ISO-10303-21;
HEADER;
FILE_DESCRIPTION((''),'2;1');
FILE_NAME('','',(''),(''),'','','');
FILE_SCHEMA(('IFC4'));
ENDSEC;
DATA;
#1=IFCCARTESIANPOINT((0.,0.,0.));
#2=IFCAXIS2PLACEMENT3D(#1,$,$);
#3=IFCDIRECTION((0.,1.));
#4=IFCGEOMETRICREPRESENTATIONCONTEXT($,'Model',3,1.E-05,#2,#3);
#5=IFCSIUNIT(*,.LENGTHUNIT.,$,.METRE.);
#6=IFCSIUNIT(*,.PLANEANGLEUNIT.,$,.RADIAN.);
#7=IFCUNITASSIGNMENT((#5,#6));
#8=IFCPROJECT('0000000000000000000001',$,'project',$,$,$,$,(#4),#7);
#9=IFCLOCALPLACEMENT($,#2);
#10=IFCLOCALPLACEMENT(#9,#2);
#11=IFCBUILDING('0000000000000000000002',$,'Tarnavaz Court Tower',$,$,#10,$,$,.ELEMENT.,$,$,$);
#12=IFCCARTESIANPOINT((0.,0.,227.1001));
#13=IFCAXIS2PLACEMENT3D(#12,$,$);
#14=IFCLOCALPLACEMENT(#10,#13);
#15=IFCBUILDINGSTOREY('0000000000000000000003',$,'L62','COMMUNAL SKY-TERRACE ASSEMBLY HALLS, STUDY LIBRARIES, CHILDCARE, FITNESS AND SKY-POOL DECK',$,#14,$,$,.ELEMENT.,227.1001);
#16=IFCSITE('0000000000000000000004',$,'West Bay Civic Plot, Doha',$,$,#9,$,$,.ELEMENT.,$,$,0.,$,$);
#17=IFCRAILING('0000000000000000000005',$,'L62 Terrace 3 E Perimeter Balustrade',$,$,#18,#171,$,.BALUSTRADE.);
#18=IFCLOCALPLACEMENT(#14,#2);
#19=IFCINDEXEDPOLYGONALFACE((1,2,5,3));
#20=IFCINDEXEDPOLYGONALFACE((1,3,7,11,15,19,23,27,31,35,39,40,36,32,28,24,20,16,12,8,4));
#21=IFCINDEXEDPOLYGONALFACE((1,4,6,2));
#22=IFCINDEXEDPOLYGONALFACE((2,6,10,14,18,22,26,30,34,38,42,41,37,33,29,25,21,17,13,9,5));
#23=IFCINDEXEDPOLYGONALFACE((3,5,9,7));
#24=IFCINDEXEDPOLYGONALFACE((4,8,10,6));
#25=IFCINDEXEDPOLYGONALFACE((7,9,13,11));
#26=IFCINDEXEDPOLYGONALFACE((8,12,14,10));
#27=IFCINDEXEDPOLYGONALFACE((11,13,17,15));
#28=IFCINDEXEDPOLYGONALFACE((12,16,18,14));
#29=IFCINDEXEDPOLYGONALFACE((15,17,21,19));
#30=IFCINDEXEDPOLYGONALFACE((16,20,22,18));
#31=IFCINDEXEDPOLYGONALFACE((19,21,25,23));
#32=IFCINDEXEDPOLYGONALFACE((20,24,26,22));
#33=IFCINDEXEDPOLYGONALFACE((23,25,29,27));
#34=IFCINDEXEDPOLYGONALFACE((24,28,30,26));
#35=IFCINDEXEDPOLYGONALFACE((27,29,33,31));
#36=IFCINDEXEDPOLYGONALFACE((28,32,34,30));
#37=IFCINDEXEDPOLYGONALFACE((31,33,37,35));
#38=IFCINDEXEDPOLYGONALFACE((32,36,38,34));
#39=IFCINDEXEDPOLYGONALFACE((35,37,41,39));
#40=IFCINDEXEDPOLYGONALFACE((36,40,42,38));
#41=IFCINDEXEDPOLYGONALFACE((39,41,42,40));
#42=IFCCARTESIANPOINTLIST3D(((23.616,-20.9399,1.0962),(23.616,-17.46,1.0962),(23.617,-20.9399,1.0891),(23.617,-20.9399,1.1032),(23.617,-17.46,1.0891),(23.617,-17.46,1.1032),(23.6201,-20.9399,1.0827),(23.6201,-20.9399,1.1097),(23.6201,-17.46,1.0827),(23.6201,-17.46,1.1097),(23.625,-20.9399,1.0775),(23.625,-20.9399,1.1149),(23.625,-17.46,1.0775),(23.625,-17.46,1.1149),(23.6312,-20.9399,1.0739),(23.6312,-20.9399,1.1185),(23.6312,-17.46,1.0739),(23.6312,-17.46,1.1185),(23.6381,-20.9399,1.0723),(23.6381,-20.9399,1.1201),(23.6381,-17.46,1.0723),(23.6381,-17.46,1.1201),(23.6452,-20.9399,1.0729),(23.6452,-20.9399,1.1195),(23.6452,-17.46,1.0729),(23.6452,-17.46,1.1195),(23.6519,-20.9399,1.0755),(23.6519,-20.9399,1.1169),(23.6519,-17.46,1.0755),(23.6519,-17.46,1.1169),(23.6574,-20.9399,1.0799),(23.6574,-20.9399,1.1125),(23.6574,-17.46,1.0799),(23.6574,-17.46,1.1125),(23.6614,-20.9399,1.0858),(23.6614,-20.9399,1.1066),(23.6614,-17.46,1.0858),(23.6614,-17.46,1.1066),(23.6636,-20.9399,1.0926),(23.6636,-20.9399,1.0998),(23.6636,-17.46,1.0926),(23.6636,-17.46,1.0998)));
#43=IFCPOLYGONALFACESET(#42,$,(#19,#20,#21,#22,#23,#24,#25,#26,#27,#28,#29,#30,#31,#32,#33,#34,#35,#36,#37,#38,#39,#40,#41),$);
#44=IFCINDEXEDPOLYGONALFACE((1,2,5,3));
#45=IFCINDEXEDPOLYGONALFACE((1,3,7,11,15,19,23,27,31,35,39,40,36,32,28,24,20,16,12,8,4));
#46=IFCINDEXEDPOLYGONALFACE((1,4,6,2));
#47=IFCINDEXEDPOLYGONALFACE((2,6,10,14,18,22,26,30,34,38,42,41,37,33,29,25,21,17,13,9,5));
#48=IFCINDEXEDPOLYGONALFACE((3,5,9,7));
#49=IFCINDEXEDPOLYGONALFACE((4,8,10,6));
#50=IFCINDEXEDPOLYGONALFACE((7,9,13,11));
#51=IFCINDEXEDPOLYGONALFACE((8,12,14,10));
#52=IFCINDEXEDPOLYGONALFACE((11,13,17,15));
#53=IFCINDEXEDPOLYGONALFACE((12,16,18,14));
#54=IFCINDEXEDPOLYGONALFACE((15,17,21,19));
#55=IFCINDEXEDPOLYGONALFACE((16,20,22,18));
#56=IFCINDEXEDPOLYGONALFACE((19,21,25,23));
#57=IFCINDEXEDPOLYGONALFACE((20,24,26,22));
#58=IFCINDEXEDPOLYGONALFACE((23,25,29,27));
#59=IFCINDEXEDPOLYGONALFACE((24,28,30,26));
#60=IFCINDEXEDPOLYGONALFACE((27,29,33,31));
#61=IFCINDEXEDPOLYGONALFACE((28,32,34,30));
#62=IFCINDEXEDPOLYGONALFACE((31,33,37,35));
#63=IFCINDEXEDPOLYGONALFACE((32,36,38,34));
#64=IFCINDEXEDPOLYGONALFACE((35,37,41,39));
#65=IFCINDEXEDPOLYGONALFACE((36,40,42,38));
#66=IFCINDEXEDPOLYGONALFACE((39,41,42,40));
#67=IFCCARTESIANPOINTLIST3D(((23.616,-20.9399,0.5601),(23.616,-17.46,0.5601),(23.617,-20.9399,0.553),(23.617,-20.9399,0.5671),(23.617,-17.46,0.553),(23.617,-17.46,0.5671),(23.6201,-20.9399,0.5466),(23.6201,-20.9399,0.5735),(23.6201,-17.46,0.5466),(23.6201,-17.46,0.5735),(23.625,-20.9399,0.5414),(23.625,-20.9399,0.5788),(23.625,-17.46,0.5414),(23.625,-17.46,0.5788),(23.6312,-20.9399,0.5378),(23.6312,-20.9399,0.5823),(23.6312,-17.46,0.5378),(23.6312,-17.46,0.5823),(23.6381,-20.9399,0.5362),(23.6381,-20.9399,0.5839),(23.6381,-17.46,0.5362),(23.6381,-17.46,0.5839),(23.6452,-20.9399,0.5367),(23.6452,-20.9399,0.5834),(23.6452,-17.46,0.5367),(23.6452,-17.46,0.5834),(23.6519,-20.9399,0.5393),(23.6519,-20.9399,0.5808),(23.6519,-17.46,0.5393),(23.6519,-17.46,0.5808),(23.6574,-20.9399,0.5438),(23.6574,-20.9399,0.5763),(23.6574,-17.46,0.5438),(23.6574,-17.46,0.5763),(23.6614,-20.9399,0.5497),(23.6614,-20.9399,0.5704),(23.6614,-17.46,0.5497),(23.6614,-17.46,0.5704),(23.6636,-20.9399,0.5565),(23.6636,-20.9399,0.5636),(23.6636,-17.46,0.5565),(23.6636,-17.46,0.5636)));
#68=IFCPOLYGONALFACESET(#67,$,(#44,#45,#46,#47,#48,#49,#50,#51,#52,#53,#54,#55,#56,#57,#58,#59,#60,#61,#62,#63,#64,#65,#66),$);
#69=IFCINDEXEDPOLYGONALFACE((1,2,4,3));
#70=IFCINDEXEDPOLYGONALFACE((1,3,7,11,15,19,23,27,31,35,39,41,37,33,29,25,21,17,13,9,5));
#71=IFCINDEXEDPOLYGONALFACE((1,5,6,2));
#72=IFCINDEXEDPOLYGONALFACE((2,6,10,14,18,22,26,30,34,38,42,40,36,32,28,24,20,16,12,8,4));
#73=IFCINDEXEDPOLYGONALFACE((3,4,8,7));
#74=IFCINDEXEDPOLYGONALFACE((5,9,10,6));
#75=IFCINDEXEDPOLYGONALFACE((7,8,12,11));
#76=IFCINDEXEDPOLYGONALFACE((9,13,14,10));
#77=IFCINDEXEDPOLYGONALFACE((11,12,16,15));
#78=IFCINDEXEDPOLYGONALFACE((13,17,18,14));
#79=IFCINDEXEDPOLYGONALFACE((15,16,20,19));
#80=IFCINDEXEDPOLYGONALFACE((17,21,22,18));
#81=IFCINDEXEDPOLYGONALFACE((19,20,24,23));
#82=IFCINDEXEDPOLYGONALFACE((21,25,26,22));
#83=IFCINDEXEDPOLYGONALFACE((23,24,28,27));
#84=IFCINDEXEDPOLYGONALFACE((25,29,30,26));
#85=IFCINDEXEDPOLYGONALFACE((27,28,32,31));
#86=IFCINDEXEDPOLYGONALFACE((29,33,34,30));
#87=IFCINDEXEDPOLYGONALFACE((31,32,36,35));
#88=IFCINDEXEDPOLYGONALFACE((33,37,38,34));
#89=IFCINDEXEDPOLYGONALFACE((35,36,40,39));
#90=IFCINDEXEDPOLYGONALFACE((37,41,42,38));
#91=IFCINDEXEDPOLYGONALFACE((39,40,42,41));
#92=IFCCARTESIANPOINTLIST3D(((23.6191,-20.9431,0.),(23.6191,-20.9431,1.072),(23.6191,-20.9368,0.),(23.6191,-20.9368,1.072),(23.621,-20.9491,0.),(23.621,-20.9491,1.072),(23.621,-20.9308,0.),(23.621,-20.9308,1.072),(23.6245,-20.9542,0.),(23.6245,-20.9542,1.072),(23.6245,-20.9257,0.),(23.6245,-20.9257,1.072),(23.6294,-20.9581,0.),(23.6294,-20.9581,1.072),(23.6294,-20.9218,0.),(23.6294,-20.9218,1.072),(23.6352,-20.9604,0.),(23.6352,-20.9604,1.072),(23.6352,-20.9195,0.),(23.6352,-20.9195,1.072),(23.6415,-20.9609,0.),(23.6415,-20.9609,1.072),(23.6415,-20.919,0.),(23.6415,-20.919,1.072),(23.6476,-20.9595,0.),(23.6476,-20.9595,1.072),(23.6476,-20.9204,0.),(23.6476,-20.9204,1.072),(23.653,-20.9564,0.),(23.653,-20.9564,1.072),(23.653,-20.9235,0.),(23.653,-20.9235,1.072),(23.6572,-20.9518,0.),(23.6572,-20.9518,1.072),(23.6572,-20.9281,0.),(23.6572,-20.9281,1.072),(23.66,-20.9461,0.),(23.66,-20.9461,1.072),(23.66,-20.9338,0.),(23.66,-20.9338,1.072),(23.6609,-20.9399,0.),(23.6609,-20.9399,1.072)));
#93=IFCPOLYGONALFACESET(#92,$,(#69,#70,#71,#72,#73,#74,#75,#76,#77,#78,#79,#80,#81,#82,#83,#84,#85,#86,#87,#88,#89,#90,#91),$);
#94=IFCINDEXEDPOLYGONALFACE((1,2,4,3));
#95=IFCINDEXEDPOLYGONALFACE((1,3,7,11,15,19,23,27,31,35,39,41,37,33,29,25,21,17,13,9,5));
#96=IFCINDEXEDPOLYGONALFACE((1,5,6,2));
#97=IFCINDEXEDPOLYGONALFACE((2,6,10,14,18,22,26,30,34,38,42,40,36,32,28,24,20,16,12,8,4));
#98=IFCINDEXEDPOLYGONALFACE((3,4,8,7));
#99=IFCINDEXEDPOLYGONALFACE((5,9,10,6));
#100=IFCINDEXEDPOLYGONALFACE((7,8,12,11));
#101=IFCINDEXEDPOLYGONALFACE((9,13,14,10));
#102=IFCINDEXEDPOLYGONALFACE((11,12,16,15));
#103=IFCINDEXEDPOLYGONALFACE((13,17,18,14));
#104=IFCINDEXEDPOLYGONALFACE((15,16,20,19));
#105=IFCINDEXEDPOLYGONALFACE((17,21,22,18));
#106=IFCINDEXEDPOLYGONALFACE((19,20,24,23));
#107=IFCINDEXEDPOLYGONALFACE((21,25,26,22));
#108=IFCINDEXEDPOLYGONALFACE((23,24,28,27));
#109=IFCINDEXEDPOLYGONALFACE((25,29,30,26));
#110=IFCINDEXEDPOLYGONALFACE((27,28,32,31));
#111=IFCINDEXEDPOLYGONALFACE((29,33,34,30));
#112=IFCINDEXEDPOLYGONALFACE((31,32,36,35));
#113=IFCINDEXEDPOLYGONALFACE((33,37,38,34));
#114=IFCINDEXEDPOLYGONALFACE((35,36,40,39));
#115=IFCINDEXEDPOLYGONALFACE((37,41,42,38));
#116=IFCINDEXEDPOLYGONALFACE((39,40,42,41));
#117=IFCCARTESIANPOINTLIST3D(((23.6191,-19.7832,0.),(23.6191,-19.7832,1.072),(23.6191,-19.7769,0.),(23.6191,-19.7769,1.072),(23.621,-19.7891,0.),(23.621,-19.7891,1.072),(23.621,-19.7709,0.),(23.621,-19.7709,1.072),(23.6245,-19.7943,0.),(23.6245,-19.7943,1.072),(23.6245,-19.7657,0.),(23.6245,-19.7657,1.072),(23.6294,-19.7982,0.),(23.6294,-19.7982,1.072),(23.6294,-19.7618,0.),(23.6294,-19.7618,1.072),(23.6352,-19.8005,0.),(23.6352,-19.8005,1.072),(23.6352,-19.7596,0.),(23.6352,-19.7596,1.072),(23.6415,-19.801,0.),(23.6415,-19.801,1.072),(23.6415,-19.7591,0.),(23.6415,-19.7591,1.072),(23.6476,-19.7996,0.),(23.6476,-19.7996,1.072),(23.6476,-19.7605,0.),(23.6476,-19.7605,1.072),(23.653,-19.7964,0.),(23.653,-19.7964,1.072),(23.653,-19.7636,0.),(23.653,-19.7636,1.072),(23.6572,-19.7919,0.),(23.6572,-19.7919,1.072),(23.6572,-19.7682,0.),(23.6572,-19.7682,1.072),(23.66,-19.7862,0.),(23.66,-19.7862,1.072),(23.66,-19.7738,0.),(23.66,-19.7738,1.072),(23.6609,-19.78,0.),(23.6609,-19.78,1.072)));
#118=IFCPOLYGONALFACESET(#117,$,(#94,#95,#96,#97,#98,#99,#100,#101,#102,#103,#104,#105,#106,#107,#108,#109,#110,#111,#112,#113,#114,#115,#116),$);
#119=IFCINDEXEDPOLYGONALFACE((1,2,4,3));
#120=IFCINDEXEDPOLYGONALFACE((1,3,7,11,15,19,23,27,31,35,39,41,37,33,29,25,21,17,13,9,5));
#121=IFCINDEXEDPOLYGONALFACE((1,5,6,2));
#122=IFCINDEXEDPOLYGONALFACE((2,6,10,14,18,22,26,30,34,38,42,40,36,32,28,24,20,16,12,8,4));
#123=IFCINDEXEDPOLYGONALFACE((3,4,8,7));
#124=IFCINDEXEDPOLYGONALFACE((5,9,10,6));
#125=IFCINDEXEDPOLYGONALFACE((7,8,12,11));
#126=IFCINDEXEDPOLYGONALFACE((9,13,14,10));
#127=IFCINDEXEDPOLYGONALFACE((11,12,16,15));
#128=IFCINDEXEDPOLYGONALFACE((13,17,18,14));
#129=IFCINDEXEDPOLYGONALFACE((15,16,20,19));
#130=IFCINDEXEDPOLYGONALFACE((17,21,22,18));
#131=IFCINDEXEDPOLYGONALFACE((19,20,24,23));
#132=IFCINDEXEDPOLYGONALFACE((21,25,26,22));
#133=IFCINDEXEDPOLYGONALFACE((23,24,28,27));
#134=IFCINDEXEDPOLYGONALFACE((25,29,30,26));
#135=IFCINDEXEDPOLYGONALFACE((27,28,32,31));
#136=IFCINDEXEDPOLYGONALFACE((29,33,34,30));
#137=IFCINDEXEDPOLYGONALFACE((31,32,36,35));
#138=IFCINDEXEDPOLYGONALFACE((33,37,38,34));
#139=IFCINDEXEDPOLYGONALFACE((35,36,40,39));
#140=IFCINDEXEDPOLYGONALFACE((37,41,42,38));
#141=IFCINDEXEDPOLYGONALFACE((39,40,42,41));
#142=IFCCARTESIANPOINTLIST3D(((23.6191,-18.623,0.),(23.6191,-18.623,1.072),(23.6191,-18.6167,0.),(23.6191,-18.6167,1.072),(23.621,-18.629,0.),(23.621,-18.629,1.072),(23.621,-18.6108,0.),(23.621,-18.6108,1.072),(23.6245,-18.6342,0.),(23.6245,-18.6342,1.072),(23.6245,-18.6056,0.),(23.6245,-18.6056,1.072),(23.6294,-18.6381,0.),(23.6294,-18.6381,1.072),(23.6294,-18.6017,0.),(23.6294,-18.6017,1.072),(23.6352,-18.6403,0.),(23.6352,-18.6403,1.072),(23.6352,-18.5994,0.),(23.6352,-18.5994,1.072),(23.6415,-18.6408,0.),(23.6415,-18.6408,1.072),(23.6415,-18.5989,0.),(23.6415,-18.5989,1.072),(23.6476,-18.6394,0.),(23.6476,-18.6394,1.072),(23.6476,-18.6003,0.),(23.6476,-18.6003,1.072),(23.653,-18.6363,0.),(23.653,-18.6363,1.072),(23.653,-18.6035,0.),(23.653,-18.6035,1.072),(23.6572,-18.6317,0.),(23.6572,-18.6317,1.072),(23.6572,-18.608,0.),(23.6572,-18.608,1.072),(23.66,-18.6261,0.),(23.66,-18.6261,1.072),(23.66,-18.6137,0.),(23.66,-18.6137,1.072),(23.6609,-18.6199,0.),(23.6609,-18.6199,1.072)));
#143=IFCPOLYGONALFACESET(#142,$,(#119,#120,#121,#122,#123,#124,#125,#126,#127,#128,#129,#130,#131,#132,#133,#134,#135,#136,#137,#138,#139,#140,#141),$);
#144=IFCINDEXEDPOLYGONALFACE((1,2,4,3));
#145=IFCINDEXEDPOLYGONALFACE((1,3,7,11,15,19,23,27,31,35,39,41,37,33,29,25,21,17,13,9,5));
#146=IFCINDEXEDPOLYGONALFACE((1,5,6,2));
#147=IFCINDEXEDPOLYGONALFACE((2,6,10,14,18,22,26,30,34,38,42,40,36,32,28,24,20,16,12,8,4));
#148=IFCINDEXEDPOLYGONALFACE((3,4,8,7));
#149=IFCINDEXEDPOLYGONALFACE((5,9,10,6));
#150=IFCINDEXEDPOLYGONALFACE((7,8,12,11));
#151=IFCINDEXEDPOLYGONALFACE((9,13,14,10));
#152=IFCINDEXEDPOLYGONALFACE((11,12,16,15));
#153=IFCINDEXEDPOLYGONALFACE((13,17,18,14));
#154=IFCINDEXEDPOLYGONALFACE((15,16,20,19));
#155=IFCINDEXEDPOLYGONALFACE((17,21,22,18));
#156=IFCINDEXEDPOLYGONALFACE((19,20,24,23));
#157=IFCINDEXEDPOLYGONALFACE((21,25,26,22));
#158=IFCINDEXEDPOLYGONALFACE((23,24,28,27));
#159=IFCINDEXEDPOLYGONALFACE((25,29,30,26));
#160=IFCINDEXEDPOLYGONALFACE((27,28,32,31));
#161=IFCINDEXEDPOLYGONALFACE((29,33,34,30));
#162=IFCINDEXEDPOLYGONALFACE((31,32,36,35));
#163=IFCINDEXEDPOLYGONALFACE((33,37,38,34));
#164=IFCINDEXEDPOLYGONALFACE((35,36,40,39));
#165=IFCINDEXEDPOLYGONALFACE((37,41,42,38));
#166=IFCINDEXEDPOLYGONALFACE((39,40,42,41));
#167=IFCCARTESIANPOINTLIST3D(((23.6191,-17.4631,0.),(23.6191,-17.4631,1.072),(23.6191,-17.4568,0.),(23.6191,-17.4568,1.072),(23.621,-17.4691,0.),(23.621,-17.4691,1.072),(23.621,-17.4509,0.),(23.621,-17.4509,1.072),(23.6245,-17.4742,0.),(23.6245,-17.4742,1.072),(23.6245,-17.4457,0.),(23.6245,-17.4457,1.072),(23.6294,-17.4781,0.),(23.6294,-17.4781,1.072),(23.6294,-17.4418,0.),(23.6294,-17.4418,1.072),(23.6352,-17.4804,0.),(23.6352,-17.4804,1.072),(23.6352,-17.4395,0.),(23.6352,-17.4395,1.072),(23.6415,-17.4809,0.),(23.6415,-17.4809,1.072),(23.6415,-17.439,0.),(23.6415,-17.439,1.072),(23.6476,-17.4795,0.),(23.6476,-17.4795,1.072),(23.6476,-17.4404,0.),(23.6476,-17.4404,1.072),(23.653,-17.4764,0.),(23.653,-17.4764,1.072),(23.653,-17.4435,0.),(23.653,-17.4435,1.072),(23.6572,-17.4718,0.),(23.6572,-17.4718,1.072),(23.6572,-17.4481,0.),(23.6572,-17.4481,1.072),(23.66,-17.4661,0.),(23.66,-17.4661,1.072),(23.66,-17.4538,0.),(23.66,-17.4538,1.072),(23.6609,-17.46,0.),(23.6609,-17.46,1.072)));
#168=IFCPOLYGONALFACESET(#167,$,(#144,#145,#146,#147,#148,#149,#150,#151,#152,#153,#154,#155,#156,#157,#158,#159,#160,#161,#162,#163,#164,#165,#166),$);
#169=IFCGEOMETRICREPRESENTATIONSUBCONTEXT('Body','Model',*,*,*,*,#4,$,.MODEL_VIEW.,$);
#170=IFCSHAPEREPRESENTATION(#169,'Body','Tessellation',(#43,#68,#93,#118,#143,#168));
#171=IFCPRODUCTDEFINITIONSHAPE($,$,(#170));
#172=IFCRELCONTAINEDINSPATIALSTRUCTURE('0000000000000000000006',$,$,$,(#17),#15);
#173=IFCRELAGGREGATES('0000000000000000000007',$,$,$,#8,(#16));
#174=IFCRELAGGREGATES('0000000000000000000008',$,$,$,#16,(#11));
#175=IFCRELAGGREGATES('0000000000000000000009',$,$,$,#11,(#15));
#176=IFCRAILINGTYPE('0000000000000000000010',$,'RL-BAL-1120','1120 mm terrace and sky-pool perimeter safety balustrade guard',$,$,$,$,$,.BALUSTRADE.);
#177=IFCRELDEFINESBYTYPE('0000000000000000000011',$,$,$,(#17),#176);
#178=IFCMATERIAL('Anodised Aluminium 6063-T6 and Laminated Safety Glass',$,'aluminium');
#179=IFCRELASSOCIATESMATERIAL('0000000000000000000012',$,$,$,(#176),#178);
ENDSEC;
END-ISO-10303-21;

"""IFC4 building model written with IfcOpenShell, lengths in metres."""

from ifc_helpers import new_model, si_unit, direction, frame, origin, origin_2d, place, context, subcontext, project, spatial, circle, extrude, material, type_object, element, save


model = new_model("IFC4")

# Units and contexts
model_context = context("Model", 3, precision=1e-05, world=origin(), true_north=direction((0.0, 1.0)))
body_context = subcontext(model_context, "Body", "Model", "MODEL_VIEW")
ifc_project = project(units=[si_unit("LENGTHUNIT", "METRE"), si_unit("PLANEANGLEUNIT", "RADIAN")], contexts=[model_context])

# Site, building, storey
site_placement = place(None, origin())
site = spatial("IfcSite", under=ifc_project, at=site_placement, Name="West Bay Civic Plot, Doha", CompositionType="ELEMENT", RefElevation=0.0)
building_placement = place(site_placement, origin())
building = spatial("IfcBuilding", under=site, at=building_placement, Name="Tarnavaz Court Tower", CompositionType="ELEMENT")
storey_placement = place(building_placement, frame((0.0, 0.0, 227.1001)))
storey = spatial("IfcBuildingStorey", under=building, at=storey_placement, Name="L62", Description="COMMUNAL SKY-TERRACE ASSEMBLY HALLS, STUDY LIBRARIES, CHILDCARE, FITNESS AND SKY-POOL DECK", CompositionType="ELEMENT", Elevation=227.1001)

# Railing
ifc_material_1 = material(Name="Anodised Aluminium 6063-T6 and Laminated Safety Glass", Category="aluminium")
railing_type = type_object("IfcRailingType", Name="RL-BAL-1120", Description="1120 mm terrace and sky-pool perimeter safety balustrade guard", PredefinedType="BALUSTRADE", material=ifc_material_1)
railing_1_placement = place(storey_placement, frame((23.6399, -20.9399, 0.0)))
element("IfcRailing", 1, at=railing_1_placement, inside=storey, type_object=railing_type, Name="L62 Terrace 3 E Perimeter Balustrade", PredefinedType="BALUSTRADE", context=body_context, shape_type="SweptSolid", body=[
    extrude(circle(Radius=0.0239, at=origin_2d()), frame((0.0, 0.0, 1.0962), z_axis=(0.0, 1.0, 0.0), x_axis=(-1.0, 0.0, 0.0)), (0.0, 0.0, 1.0), 3.48),
    extrude(circle(Radius=0.0239, at=origin_2d()), frame((0.0, 0.0, 0.5601), z_axis=(0.0, 1.0, 0.0), x_axis=(-1.0, 0.0, 0.0)), (0.0, 0.0, 1.0), 3.48),
    extrude(circle(Radius=0.021, at=origin_2d()), origin(), (0.0, 0.0, 1.0), 1.072),
    extrude(circle(Radius=0.021, at=origin_2d()), frame((0.0, 1.1599, 0.0)), (0.0, 0.0, 1.0), 1.072),
    extrude(circle(Radius=0.021, at=origin_2d()), frame((0.0, 2.3201, 0.0)), (0.0, 0.0, 1.0), 1.072),
    extrude(circle(Radius=0.021, at=origin_2d()), frame((0.0, 3.48, 0.0)), (0.0, 0.0, 1.0), 1.072),
])

save(model, "model.ifc")
